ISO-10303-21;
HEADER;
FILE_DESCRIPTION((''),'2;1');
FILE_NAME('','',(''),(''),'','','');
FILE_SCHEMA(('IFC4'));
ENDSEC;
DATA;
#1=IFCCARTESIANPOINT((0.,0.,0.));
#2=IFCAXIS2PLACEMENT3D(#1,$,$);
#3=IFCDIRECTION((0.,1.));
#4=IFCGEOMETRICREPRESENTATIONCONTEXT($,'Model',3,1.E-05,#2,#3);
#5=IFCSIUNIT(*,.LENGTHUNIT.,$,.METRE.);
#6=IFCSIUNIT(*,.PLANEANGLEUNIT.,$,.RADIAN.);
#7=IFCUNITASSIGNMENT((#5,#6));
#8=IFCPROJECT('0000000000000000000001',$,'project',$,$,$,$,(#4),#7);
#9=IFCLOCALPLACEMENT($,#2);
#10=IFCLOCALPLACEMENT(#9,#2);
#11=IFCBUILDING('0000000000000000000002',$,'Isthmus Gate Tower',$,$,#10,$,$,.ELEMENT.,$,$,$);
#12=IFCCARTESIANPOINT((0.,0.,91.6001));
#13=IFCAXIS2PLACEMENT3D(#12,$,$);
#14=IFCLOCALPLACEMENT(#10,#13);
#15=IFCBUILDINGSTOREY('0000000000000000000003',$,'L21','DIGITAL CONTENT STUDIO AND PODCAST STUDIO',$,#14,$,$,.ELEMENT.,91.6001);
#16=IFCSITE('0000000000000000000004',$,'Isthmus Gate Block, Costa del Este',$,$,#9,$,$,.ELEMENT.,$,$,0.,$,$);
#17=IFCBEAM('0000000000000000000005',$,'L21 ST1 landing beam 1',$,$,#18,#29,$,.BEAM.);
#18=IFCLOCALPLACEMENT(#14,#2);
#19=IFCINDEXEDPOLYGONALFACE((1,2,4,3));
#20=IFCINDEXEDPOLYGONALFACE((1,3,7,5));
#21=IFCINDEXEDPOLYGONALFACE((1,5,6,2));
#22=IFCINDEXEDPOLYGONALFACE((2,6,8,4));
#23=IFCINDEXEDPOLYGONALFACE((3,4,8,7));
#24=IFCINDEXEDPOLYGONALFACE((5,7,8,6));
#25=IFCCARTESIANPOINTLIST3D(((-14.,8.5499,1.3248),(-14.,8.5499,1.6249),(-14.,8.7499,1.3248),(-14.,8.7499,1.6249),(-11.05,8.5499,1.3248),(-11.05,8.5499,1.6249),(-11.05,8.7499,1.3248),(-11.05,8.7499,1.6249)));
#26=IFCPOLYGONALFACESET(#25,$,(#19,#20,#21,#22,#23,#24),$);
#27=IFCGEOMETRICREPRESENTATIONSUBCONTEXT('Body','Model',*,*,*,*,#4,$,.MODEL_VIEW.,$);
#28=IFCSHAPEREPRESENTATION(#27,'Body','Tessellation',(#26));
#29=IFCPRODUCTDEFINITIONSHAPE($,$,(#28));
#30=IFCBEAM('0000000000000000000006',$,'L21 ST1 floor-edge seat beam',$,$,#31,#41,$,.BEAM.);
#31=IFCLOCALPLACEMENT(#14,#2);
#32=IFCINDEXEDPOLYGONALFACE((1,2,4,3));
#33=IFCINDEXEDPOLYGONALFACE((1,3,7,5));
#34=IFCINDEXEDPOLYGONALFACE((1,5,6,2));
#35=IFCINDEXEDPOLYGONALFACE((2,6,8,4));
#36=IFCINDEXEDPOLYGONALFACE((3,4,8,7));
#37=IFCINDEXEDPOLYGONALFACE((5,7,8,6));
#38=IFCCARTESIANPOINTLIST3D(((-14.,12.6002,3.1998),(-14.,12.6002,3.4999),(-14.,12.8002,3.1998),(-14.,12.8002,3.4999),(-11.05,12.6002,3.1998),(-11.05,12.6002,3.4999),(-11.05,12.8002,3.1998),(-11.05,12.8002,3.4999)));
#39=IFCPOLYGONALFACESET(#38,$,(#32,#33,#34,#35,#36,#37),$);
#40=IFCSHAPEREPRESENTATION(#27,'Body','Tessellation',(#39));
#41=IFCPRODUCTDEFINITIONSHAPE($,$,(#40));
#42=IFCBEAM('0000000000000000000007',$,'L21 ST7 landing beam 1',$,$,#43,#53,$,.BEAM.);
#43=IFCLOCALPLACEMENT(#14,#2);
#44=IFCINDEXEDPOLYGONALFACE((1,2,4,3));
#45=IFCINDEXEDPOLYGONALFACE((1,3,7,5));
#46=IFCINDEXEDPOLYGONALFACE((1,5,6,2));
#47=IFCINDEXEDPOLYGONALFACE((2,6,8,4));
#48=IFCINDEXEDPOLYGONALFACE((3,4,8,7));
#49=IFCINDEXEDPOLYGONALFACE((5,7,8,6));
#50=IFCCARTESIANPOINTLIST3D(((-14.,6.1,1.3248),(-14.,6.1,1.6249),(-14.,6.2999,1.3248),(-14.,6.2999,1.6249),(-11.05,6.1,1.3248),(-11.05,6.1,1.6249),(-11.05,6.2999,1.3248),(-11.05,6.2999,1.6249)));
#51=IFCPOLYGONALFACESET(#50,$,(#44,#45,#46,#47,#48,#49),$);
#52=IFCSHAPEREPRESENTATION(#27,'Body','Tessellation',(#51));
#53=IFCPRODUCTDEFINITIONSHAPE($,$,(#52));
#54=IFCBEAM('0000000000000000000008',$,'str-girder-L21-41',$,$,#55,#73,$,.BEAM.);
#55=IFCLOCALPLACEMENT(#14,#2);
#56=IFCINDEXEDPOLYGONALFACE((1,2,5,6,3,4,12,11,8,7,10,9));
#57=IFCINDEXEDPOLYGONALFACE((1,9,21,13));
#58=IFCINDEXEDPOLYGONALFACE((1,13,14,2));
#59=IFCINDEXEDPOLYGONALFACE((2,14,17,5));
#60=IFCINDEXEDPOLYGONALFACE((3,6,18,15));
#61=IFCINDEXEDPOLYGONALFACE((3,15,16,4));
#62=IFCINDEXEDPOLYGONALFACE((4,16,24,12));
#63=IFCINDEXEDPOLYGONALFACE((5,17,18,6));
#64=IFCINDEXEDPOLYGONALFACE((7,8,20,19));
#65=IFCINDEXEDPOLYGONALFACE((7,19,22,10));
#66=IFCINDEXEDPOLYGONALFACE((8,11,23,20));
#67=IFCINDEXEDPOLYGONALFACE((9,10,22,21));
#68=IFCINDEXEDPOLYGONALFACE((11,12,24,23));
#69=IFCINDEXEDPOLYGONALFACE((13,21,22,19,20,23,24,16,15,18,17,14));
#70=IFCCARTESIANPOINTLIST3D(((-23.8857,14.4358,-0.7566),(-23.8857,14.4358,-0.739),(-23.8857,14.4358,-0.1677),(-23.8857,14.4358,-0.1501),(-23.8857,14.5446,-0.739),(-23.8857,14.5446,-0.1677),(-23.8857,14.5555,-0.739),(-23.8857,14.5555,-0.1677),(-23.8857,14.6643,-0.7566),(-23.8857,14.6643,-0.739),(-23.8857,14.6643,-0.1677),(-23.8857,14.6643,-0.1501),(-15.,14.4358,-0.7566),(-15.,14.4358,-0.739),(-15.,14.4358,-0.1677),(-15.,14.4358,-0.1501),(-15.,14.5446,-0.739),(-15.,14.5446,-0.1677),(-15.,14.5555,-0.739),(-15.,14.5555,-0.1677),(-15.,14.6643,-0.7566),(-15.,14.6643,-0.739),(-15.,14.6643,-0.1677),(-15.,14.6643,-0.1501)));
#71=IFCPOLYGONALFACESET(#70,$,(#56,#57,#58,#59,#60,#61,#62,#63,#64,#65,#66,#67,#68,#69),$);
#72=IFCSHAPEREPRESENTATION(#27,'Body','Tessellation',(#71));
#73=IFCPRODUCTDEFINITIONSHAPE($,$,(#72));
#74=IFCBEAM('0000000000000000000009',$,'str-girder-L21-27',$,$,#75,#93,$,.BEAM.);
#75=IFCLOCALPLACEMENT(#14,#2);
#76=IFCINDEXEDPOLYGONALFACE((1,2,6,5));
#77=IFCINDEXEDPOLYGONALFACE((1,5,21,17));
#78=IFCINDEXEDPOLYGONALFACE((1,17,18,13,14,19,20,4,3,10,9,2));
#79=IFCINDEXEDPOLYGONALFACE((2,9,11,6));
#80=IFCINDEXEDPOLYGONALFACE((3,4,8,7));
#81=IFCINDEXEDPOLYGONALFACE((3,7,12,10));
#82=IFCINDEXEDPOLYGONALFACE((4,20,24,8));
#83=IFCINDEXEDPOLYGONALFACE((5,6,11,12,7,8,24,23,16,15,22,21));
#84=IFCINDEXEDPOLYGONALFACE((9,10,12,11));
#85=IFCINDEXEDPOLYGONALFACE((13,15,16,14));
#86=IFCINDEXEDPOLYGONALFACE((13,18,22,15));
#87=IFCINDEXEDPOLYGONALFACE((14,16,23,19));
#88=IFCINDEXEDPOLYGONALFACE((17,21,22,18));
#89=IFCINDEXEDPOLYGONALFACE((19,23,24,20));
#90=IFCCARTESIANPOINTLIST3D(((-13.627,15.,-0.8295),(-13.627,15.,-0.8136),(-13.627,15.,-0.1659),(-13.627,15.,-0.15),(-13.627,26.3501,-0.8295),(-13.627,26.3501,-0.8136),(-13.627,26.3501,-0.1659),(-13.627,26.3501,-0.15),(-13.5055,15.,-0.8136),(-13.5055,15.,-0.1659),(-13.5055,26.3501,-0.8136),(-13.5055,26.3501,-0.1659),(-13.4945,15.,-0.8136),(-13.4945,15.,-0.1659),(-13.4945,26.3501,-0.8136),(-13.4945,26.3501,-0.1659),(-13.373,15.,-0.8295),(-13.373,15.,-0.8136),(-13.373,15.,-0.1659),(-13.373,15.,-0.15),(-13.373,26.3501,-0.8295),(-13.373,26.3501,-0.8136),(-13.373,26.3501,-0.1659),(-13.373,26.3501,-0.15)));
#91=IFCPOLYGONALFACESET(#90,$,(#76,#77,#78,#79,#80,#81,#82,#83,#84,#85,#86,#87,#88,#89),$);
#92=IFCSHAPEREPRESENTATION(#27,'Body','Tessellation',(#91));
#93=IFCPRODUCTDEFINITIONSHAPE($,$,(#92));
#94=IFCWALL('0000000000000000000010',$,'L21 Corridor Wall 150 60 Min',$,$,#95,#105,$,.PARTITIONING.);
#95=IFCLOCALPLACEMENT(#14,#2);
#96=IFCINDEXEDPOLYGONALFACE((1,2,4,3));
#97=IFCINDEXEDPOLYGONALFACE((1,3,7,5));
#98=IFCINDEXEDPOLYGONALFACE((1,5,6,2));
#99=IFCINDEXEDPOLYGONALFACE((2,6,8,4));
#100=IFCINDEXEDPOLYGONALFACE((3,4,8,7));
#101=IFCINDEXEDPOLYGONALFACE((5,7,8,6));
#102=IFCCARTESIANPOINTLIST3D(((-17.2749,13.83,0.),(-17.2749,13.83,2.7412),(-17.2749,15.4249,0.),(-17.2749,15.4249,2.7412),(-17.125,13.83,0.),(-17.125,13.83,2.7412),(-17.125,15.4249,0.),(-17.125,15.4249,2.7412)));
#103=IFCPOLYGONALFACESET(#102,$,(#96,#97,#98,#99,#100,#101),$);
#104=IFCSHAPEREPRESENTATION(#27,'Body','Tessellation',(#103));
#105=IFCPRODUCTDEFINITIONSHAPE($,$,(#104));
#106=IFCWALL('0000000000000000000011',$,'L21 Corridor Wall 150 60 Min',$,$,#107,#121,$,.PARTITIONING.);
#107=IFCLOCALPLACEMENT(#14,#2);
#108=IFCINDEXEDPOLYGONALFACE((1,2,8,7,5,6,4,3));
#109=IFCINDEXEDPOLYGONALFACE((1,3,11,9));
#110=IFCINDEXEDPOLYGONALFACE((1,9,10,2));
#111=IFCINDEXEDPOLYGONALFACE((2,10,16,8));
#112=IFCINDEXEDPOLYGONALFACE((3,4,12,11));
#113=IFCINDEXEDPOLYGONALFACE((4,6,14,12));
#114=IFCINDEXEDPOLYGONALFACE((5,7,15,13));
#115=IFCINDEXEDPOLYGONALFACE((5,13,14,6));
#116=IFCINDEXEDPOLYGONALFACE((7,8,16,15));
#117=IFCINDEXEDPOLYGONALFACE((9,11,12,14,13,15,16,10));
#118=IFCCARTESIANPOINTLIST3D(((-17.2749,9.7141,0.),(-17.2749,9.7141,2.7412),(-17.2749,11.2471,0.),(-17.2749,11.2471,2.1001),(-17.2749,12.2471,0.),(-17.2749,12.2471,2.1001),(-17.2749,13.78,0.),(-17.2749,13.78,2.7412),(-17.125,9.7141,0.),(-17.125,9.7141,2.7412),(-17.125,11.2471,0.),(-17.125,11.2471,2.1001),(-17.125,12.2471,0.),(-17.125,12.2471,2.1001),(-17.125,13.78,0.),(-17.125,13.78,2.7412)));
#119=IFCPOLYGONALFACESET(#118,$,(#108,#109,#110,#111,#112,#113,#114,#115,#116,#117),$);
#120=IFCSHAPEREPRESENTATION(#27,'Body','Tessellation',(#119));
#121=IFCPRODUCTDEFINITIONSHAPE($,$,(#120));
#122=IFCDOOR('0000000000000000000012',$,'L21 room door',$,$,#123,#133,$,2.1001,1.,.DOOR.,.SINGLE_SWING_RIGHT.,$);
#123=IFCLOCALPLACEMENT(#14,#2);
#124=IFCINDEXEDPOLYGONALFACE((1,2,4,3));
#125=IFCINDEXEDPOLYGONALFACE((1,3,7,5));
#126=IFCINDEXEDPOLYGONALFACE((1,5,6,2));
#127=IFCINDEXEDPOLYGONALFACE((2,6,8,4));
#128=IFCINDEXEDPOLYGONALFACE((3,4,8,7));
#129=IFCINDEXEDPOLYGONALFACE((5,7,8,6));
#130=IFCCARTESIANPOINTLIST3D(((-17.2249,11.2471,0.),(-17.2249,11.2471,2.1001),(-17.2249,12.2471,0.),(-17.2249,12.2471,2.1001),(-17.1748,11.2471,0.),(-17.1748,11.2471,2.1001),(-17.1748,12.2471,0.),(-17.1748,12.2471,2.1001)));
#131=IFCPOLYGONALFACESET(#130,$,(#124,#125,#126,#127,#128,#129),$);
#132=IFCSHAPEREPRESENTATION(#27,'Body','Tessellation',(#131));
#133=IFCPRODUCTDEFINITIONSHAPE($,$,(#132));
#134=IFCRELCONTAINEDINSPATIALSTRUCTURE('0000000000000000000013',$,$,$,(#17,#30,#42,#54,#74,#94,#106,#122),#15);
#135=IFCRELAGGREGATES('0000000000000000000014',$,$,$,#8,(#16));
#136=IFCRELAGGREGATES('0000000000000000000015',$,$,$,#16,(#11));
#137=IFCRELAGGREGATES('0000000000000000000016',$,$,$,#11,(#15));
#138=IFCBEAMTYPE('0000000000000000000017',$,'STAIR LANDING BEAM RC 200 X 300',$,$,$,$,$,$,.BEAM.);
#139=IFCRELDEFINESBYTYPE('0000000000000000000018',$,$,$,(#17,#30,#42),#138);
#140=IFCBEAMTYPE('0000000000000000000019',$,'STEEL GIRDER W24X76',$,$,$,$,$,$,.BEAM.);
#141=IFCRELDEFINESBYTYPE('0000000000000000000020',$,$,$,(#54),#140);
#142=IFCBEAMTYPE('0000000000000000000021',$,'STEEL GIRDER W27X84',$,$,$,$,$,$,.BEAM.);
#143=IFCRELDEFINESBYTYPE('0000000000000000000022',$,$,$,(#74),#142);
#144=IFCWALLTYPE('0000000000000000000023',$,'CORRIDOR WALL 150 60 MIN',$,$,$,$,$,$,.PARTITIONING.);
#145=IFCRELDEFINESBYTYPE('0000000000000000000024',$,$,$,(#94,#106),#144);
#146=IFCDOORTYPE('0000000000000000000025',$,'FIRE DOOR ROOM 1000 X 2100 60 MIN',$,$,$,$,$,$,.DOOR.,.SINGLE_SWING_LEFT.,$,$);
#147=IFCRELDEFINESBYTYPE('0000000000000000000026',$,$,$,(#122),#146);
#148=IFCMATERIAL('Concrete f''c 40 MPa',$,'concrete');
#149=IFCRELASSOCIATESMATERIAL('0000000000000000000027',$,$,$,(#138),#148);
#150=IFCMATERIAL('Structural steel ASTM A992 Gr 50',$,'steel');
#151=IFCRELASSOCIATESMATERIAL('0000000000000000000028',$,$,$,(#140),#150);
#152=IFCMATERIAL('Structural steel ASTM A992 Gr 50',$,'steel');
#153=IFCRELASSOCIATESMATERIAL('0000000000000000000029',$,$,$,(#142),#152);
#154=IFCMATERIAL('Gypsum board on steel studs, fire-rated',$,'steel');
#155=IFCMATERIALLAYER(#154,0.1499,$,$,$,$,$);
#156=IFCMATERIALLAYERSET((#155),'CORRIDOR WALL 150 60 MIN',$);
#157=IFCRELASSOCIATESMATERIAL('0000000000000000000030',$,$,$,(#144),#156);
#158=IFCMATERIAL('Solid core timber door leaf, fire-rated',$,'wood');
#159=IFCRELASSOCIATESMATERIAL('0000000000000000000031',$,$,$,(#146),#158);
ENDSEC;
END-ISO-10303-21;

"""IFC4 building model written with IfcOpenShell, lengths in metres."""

from ifc_helpers import new_model, si_unit, direction, frame, frame_2d, origin, origin_2d, place, context, subcontext, project, spatial, rectangle, i_section, extrude, material, layer, layer_set, material_profile, profile_set, type_object, element, fill, save


model = new_model("IFC4")

# Units and contexts
model_context = context("Model", 3, precision=1e-05, world=origin(), true_north=direction((0.0, 1.0)))
body_context = subcontext(model_context, "Body", "Model", "MODEL_VIEW")
ifc_project = project(units=[si_unit("LENGTHUNIT", "METRE"), si_unit("PLANEANGLEUNIT", "RADIAN")], contexts=[model_context])

# Site, building, storey
site_placement = place(None, origin())
site = spatial("IfcSite", under=ifc_project, at=site_placement, Name="Isthmus Gate Block, Costa del Este", CompositionType="ELEMENT", RefElevation=0.0)
building_placement = place(site_placement, origin())
building = spatial("IfcBuilding", under=site, at=building_placement, Name="Isthmus Gate Tower", CompositionType="ELEMENT")
storey_placement = place(building_placement, frame((0.0, 0.0, 91.6001)))
storey = spatial("IfcBuildingStorey", under=building, at=storey_placement, Name="L21", Description="DIGITAL CONTENT STUDIO AND PODCAST STUDIO", CompositionType="ELEMENT", Elevation=91.6001)

# Beams
ifc_material_1 = material(Name="Concrete f'c 40 MPa", Category="concrete")
ifc_material_profile_1 = material_profile(ifc_material_1, rectangle(XDim=0.2, YDim=0.3, at=origin_2d()), Name="STAIR LANDING BEAM RC 200 X 300")
ifc_profile_set_1 = profile_set([ifc_material_profile_1], Name="Concrete f'c 40 MPa")
beam_type_1 = type_object("IfcBeamType", Name="STAIR LANDING BEAM RC 200 X 300", PredefinedType="BEAM", material=ifc_profile_set_1)
for number, where, z_axis, x_axis, name in (
    (1, (-14.0, 8.6499, 1.4749), (1.0, 0.0, 0.0), (0.0, 1.0, 0.0), "L21 ST1 landing beam 1"),
    (2, (-14.0, 12.7002, 3.3499), (1.0, 0.0, 0.0), (0.0, 1.0, 0.0), "L21 ST1 floor-edge seat beam"),
    (3, (-14.0, 6.2, 1.4749), (1.0, 0.0, 0.0), (0.0, 1.0, 0.0), "L21 ST7 landing beam 1"),
):
    element("IfcBeam", number, at=place(storey_placement, frame(where, z_axis=z_axis, x_axis=x_axis)), inside=storey, type_object=beam_type_1, Name=name, PredefinedType="BEAM", context=body_context, shape_type="SweptSolid", body=[
        extrude(rectangle(XDim=0.2, YDim=0.3, at=origin_2d()), origin(), (0.0, 0.0, 1.0), 2.95),
    ])
ifc_material_2 = material(Name="Structural steel ASTM A992 Gr 50", Category="steel")
ifc_material_profile_2 = material_profile(ifc_material_2, i_section(OverallWidth=0.2285, OverallDepth=0.6064, WebThickness=0.011, FlangeThickness=0.0176, at=origin_2d()), Name="W24X76")
ifc_profile_set_2 = profile_set([ifc_material_profile_2], Name="Structural steel ASTM A992 Gr 50")
beam_type_2 = type_object("IfcBeamType", Name="STEEL GIRDER W24X76", PredefinedType="BEAM", material=ifc_profile_set_2)
beam_1_placement = place(storey_placement, frame((-15.0, 14.55, -0.4534), z_axis=(-1.0, 0.0, 0.0), x_axis=(0.0, -1.0, 0.0)))
element("IfcBeam", 4, at=beam_1_placement, inside=storey, type_object=beam_type_2, Name="str-girder-L21-41", PredefinedType="BEAM", context=body_context, shape_type="SweptSolid", body=[
    extrude(i_section(OverallWidth=0.2285, OverallDepth=0.6064, WebThickness=0.011, FlangeThickness=0.0176, at=origin_2d()), origin(), (0.0, 0.0, 1.0), 8.8857),
])
ifc_material_3 = material(Name="Structural steel ASTM A992 Gr 50", Category="steel")
ifc_material_profile_3 = material_profile(ifc_material_3, i_section(OverallWidth=0.2539, OverallDepth=0.6794, WebThickness=0.011, FlangeThickness=0.0159, at=origin_2d()), Name="W27X84")
ifc_profile_set_3 = profile_set([ifc_material_profile_3], Name="Structural steel ASTM A992 Gr 50")
beam_type_3 = type_object("IfcBeamType", Name="STEEL GIRDER W27X84", PredefinedType="BEAM", material=ifc_profile_set_3)
beam_2_placement = place(storey_placement, frame((-13.5, 15.0, -0.4897), z_axis=(0.0, 1.0, 0.0), x_axis=(-1.0, 0.0, 0.0)))
element("IfcBeam", 5, at=beam_2_placement, inside=storey, type_object=beam_type_3, Name="str-girder-L21-27", PredefinedType="BEAM", context=body_context, shape_type="SweptSolid", body=[
    extrude(i_section(OverallWidth=0.2539, OverallDepth=0.6794, WebThickness=0.011, FlangeThickness=0.0159, at=origin_2d()), origin(), (0.0, 0.0, 1.0), 11.3501),
])

# Wall
ifc_material_4 = material(Name="Gypsum board on steel studs, fire-rated", Category="steel")
ifc_layer_1 = layer(ifc_material_4, 0.1499)
ifc_layer_set_1 = layer_set([ifc_layer_1], Name="CORRIDOR WALL 150 60 MIN")
wall_type_1 = type_object("IfcWallType", Name="CORRIDOR WALL 150 60 MIN", PredefinedType="PARTITIONING", material=ifc_layer_set_1)
wall_1_placement = place(storey_placement, frame((-17.2, 13.8301, 0.0), z_axis=(0.0, 0.0, 1.0), x_axis=(0.0, 1.0, 0.0)))
element("IfcWall", 6, at=wall_1_placement, inside=storey, type_object=wall_type_1, Name="L21 Corridor Wall 150 60 Min", PredefinedType="PARTITIONING", context=body_context, shape_type="SweptSolid", body=[
    extrude(rectangle(XDim=1.595, YDim=0.1499, at=frame_2d((0.7974, 0.0))), origin(), (0.0, 0.0, 1.0), 2.7412),
])

# Wall, opening, door
wall_2_placement = place(storey_placement, frame((-17.2, 9.7141, 0.0), z_axis=(0.0, 0.0, 1.0), x_axis=(0.0, 1.0, 0.0)))
wall_2 = element("IfcWall", 7, at=wall_2_placement, inside=storey, type_object=wall_type_1, Name="L21 Corridor Wall 150 60 Min", PredefinedType="PARTITIONING", context=body_context, shape_type="SweptSolid", body=[
    extrude(rectangle(XDim=4.0659, YDim=0.1499, at=frame_2d((2.033, 0.0))), origin(), (0.0, 0.0, 1.0), 2.7412),
])
opening_1_placement = place(wall_2_placement, frame((1.533, 0.0, 0.0)))
opening_1 = element("IfcOpeningElement", 8, at=opening_1_placement, cuts=wall_2, PredefinedType="OPENING", context=body_context, shape_type="SweptSolid", body=[
    extrude(rectangle(XDim=1.0, YDim=2.1001, at=frame_2d((0.5, 1.05))), frame((0.0, 0.085, 0.0), z_axis=(0.0, -1.0, 0.0), x_axis=(1.0, 0.0, 0.0)), (0.0, 0.0, 1.0), 0.1699),
])
ifc_material_5 = material(Name="Solid core timber door leaf, fire-rated", Category="wood")
door_type_1 = type_object("IfcDoorType", Name="FIRE DOOR ROOM 1000 X 2100 60 MIN", OperationType="SINGLE_SWING_LEFT", PredefinedType="DOOR", material=ifc_material_5)
door_1_placement = place(opening_1_placement, origin())
door_1 = element("IfcDoor", 9, at=door_1_placement, inside=storey, type_object=door_type_1, Name="L21 room door", OperationType="SINGLE_SWING_RIGHT", OverallHeight=2.1001, OverallWidth=1.0, PredefinedType="DOOR", context=body_context, shape_type="SweptSolid", body=[
    extrude(rectangle(XDim=1.0, YDim=2.1001, at=frame_2d((0.5, 1.05))), frame((0.0, 0.0249, 0.0), z_axis=(0.0, -1.0, 0.0), x_axis=(1.0, 0.0, 0.0)), (0.0, 0.0, 1.0), 0.05),
])
fill(opening_1, door_1)

save(model, "model.ifc")
